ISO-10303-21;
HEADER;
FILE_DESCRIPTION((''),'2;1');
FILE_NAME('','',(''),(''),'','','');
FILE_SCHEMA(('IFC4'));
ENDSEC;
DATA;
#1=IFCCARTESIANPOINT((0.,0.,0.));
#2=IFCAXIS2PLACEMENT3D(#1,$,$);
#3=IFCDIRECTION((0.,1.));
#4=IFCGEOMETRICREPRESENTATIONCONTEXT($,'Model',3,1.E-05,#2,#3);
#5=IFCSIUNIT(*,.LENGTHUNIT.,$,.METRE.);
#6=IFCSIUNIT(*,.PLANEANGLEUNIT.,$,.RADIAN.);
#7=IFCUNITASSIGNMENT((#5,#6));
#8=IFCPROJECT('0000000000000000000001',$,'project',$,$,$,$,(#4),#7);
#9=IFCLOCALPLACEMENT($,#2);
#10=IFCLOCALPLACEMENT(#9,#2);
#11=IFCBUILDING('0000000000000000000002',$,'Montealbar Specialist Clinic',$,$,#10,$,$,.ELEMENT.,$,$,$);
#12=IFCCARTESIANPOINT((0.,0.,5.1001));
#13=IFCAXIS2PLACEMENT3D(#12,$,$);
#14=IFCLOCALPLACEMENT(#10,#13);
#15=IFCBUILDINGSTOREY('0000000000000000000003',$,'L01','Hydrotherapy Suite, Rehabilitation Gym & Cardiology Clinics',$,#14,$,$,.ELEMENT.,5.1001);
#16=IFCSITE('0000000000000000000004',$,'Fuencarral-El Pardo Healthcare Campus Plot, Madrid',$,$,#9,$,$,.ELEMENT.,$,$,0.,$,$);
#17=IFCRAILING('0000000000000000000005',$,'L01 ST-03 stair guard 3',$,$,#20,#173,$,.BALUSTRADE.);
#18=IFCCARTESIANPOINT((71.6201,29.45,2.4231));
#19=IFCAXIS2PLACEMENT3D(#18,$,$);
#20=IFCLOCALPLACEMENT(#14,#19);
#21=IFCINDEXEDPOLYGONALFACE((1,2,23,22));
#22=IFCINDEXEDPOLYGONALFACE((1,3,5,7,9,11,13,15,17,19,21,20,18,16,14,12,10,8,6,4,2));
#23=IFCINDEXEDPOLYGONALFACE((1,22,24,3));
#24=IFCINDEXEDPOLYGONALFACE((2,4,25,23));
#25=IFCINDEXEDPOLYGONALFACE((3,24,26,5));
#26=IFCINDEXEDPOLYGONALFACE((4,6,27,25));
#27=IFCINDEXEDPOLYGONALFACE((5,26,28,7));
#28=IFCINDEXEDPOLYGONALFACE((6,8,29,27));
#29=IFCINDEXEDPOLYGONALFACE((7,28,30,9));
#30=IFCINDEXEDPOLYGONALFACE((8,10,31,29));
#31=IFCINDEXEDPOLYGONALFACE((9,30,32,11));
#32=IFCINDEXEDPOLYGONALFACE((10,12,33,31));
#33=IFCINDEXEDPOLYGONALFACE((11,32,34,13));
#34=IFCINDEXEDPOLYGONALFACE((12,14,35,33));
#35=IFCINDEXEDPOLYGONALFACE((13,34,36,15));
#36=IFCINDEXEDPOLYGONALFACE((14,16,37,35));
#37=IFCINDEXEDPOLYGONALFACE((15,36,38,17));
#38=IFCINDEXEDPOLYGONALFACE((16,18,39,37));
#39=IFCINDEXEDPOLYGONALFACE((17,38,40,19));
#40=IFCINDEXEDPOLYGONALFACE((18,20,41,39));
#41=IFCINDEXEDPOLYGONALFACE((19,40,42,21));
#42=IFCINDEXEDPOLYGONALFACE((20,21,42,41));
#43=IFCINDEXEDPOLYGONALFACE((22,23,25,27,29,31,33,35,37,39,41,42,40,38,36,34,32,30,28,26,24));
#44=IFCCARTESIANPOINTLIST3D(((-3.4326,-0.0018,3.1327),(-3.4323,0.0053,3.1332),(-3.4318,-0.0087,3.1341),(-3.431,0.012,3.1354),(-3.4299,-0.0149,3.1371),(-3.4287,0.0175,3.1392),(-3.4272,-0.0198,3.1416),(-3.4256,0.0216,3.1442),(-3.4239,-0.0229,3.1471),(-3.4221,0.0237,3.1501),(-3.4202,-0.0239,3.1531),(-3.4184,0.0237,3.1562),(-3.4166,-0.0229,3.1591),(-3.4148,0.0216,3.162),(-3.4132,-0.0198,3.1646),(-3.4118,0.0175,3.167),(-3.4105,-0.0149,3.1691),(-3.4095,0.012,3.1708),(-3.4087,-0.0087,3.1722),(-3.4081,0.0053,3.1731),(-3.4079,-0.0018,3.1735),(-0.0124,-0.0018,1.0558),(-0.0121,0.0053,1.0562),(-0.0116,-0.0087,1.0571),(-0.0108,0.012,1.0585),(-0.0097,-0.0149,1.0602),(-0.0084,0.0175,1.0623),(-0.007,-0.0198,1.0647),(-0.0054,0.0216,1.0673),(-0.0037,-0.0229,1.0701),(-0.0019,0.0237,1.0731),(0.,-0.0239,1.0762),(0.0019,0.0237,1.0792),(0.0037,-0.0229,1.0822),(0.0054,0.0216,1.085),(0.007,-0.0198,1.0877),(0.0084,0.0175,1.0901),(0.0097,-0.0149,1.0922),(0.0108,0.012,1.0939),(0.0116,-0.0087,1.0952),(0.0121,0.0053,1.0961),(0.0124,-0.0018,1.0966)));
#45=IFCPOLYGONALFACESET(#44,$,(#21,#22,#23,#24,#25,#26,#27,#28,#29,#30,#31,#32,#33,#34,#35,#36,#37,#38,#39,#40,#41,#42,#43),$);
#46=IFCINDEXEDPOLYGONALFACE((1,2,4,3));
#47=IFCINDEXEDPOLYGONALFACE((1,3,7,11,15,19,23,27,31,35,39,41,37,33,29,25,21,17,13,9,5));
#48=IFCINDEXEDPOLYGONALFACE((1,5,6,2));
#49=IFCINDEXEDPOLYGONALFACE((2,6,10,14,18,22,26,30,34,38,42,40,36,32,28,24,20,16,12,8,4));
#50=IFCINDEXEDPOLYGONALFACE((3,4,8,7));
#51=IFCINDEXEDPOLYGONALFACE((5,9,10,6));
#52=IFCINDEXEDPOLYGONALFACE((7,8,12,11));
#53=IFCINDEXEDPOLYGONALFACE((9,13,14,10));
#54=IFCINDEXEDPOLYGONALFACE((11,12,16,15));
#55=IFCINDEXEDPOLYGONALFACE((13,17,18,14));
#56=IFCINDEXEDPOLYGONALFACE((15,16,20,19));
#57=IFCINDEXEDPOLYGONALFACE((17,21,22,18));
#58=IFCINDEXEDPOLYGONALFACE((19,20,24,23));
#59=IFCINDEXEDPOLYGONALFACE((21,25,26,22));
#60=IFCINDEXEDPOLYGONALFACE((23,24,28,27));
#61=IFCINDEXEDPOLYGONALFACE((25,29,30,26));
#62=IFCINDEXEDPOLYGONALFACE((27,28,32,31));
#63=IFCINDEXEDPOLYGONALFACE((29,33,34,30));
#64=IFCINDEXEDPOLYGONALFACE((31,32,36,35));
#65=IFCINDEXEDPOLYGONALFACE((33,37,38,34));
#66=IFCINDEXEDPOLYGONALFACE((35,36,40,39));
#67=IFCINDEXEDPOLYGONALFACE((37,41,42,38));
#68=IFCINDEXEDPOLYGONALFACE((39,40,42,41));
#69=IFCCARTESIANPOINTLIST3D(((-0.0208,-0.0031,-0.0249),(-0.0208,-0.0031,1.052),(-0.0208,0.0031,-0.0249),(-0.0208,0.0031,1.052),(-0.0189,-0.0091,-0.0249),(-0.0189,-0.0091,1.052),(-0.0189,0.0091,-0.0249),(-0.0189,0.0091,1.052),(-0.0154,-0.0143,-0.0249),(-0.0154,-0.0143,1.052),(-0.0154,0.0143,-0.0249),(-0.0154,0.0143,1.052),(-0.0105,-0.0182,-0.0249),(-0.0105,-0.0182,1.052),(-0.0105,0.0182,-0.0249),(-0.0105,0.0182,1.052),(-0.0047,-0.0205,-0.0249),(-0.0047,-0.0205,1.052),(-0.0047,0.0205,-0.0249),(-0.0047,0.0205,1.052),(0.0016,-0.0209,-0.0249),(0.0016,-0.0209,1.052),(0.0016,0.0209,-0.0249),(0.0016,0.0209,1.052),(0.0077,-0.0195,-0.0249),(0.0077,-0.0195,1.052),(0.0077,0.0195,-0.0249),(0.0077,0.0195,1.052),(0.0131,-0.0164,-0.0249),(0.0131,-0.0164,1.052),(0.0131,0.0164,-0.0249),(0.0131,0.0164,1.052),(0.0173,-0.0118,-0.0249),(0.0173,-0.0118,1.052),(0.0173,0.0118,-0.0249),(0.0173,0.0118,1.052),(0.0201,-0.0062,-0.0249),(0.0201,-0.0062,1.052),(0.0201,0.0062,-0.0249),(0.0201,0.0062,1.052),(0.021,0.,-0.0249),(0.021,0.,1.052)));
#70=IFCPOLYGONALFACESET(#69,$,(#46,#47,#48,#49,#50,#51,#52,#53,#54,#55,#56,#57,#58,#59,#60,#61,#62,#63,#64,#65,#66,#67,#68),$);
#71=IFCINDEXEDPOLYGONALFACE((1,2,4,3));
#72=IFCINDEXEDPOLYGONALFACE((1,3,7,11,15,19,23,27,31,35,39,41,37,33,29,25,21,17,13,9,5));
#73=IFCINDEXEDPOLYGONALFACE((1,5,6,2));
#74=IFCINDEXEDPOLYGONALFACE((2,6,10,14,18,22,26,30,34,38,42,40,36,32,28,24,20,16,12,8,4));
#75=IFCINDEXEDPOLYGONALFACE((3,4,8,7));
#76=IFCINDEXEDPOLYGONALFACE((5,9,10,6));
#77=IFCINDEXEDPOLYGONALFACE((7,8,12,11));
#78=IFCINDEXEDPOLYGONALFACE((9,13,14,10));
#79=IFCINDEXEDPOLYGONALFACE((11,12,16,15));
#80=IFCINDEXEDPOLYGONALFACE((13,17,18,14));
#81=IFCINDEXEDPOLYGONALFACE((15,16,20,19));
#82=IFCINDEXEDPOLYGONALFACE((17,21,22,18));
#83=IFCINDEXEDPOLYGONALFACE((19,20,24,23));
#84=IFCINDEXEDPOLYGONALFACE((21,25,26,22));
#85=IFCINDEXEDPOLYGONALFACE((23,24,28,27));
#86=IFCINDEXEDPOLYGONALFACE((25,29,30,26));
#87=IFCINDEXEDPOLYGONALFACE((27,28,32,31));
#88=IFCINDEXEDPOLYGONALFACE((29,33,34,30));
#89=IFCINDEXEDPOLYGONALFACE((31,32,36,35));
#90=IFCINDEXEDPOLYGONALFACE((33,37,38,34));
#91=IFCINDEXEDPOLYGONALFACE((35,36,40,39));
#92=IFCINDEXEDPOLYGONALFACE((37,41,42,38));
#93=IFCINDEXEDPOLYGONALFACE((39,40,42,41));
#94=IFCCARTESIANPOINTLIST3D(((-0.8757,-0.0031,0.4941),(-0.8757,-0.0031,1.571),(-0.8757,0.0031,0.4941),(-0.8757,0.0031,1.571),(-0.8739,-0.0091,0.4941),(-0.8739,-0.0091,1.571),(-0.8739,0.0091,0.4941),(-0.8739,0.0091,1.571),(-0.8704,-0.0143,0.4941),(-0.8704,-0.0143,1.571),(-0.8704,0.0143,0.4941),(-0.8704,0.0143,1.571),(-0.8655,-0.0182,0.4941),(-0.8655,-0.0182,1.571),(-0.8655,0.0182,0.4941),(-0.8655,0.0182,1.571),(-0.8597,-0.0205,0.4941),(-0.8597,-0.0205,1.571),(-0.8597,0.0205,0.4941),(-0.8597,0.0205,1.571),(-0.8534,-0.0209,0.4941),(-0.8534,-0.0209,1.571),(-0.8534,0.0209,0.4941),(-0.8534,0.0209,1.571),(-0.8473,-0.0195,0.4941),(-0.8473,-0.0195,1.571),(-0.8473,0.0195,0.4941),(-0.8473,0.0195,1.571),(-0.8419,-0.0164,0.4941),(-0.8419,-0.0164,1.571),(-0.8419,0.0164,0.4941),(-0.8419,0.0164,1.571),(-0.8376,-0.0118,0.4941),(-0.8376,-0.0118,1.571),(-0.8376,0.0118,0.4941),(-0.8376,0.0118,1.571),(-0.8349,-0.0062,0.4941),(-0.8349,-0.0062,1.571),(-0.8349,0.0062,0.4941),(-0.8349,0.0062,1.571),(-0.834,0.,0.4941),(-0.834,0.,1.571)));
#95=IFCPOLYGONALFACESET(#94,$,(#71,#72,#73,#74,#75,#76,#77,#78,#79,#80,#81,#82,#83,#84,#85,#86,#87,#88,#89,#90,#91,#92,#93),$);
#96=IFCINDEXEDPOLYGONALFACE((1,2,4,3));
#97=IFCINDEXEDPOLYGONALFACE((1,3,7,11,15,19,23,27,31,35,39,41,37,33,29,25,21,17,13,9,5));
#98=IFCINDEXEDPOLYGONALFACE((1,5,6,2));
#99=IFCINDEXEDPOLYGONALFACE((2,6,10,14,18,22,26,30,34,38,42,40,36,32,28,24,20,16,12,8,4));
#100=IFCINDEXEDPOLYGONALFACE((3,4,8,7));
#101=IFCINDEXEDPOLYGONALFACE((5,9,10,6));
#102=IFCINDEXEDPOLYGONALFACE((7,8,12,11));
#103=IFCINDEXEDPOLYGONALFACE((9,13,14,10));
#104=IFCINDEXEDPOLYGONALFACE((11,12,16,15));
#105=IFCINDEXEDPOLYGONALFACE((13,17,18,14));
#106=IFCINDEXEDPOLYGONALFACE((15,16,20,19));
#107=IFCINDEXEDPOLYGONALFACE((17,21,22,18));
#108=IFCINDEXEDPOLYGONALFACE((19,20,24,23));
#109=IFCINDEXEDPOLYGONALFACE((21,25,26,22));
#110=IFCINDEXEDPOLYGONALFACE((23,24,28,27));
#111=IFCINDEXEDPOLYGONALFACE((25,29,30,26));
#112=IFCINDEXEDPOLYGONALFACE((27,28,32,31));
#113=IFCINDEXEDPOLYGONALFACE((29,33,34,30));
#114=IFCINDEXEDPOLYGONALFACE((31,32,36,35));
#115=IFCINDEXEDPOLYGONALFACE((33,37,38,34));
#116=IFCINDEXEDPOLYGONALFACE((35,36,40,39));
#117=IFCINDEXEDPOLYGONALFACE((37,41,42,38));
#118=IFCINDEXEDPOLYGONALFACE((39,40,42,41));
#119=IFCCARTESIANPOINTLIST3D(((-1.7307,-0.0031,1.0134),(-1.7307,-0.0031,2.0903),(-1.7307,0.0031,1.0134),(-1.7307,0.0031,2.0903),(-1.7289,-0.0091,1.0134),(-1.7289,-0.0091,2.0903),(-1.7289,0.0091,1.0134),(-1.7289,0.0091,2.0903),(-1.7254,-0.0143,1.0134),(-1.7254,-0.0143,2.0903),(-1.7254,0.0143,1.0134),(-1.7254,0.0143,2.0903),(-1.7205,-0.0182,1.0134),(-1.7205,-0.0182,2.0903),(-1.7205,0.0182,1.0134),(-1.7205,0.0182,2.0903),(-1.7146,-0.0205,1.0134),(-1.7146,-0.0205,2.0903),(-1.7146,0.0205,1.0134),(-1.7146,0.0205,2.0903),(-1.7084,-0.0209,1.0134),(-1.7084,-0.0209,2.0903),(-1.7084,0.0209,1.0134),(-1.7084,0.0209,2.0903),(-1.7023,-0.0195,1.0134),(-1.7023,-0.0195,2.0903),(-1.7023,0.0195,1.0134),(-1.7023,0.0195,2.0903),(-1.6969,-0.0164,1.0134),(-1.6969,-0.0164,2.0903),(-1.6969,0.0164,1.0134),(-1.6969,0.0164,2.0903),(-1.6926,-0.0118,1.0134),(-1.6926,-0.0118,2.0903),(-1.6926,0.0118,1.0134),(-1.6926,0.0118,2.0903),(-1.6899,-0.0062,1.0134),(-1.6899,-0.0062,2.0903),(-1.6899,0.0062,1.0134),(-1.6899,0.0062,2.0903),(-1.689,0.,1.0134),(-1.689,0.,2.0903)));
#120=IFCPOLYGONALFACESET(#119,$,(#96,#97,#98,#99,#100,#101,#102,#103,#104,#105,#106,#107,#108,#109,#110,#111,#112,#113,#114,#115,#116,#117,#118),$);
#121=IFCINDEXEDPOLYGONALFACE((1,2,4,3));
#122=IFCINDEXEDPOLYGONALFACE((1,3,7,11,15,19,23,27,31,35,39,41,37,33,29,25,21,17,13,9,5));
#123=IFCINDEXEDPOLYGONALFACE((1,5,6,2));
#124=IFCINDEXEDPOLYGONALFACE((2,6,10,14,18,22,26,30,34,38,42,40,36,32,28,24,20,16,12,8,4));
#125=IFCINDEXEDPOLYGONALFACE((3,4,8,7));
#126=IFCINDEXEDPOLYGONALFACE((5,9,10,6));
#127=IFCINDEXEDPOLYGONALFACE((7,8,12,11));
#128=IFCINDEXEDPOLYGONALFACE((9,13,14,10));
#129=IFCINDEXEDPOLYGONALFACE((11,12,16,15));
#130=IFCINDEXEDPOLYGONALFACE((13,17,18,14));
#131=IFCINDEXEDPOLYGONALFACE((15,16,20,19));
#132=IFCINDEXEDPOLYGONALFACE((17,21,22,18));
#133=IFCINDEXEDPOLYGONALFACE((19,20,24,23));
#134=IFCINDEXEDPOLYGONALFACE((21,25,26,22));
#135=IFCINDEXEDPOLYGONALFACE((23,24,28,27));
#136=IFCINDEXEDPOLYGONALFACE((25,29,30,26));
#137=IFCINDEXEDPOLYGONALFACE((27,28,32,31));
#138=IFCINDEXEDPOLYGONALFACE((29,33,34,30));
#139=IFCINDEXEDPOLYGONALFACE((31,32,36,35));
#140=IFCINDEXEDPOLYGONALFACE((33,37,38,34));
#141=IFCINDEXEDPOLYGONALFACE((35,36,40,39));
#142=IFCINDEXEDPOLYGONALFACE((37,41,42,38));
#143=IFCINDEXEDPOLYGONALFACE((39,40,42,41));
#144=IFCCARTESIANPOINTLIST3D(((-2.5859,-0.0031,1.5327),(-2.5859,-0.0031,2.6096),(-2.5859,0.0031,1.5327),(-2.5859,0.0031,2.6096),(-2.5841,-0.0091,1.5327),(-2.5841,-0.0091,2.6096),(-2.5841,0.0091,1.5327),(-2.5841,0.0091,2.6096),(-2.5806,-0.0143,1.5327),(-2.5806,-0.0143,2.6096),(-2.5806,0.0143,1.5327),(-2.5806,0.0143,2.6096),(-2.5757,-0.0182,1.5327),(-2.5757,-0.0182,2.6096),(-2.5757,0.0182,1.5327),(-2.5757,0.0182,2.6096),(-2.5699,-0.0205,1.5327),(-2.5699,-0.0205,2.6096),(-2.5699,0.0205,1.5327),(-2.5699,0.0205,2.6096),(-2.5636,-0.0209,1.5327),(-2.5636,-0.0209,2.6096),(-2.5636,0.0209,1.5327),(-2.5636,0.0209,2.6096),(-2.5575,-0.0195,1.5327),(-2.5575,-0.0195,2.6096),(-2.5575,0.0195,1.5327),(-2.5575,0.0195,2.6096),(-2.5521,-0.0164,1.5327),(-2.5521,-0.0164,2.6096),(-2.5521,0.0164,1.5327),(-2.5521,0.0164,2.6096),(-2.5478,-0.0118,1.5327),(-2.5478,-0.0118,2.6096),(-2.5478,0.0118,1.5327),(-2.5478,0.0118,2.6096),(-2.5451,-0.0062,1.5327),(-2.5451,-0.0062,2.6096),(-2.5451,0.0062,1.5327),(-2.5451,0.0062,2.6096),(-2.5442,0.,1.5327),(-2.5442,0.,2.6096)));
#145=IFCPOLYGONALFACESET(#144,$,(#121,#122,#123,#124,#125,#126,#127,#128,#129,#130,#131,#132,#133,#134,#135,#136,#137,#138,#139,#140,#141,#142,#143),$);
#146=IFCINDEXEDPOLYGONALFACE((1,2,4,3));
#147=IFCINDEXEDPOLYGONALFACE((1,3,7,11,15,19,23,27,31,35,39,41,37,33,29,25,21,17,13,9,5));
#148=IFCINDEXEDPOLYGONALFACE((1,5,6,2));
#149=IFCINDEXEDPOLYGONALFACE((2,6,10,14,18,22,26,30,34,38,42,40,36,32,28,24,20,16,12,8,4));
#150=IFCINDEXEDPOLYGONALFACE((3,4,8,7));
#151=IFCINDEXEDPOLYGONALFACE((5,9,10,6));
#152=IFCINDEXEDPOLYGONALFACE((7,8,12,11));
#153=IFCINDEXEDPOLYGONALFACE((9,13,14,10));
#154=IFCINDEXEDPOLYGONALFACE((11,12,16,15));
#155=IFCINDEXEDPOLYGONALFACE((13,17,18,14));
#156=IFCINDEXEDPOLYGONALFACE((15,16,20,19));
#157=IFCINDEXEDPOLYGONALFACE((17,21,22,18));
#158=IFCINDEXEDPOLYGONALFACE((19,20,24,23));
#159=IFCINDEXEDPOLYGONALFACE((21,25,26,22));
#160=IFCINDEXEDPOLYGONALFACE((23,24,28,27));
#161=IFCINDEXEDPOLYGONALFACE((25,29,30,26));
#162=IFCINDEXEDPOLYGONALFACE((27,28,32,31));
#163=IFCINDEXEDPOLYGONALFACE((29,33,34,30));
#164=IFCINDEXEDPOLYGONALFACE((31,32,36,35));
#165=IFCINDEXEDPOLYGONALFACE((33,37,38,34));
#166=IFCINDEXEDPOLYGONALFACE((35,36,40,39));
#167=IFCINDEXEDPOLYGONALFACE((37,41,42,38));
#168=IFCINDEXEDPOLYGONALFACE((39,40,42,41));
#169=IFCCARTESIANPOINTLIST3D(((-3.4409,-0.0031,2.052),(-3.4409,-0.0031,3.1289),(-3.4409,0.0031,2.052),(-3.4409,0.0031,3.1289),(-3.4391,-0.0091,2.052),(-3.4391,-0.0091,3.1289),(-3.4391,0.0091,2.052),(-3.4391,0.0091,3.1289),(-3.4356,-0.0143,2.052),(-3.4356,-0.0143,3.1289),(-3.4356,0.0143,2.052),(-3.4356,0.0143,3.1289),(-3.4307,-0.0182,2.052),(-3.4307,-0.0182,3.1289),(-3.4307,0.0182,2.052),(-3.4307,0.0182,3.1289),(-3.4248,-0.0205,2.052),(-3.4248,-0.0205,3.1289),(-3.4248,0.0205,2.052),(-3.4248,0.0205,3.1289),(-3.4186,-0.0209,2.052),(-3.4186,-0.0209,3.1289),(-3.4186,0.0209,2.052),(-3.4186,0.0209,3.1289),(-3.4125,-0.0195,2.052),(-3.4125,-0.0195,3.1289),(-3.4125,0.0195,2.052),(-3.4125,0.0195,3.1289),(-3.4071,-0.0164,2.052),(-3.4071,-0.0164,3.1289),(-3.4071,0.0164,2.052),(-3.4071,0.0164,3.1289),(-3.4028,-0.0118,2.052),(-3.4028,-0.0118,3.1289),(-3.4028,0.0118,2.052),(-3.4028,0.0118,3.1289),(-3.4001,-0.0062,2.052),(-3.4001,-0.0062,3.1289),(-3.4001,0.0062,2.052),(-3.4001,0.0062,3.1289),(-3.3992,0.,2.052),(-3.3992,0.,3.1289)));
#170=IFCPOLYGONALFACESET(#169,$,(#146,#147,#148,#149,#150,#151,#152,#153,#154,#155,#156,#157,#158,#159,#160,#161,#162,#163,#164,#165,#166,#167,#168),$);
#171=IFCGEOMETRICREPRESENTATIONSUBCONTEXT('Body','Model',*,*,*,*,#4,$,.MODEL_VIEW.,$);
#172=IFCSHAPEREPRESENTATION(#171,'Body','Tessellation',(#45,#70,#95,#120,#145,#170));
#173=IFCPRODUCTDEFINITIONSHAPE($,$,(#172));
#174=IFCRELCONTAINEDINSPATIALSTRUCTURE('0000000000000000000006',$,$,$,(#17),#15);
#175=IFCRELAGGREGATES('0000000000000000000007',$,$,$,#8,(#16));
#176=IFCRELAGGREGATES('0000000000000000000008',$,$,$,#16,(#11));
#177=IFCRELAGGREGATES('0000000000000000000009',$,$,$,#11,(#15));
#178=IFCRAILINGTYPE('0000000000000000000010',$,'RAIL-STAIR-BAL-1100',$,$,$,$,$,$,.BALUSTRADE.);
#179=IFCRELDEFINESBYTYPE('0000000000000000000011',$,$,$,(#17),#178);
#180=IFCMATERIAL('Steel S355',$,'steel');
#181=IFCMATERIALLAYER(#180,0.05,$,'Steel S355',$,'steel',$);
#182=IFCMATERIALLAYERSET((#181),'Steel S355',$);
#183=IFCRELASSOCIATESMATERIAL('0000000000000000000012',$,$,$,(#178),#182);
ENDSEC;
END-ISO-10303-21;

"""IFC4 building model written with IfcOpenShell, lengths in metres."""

from ifc_helpers import new_model, si_unit, direction, frame, origin, origin_2d, place, context, subcontext, project, spatial, circle, extrude, material, layer, layer_set, type_object, element, save


model = new_model("IFC4")

# Units and contexts
model_context = context("Model", 3, precision=1e-05, world=origin(), true_north=direction((0.0, 1.0)))
body_context = subcontext(model_context, "Body", "Model", "MODEL_VIEW")
ifc_project = project(units=[si_unit("LENGTHUNIT", "METRE"), si_unit("PLANEANGLEUNIT", "RADIAN")], contexts=[model_context])

# Site, building, storey
site_placement = place(None, origin())
site = spatial("IfcSite", under=ifc_project, at=site_placement, Name="Fuencarral-El Pardo Healthcare Campus Plot, Madrid", CompositionType="ELEMENT", RefElevation=0.0)
building_placement = place(site_placement, origin())
building = spatial("IfcBuilding", under=site, at=building_placement, Name="Montealbar Specialist Clinic", CompositionType="ELEMENT")
storey_placement = place(building_placement, frame((0.0, 0.0, 5.1001)))
storey = spatial("IfcBuildingStorey", under=building, at=storey_placement, Name="L01", Description="Hydrotherapy Suite, Rehabilitation Gym & Cardiology Clinics", CompositionType="ELEMENT", Elevation=5.1001)

# Shared definitions
ifc_material_1 = material(Name="Steel S355", Category="steel")

# Railing
ifc_layer_1 = layer(ifc_material_1, 0.05, Name="Steel S355", Category="steel")
ifc_layer_set_1 = layer_set([ifc_layer_1], Name="Steel S355")
railing_type_1 = type_object("IfcRailingType", Name="RAIL-STAIR-BAL-1100", PredefinedType="BALUSTRADE", material=ifc_layer_set_1)
railing_1_placement = place(storey_placement, frame((71.6201, 29.45, 2.4231)))
element("IfcRailing", 1, at=railing_1_placement, inside=storey, type_object=railing_type_1, Name="L01 ST-03 stair guard 3", PredefinedType="BALUSTRADE", context=body_context, shape_type="SweptSolid", body=[
    extrude(circle(Radius=0.0239, at=origin_2d()), frame((0.0, 0.0, 1.0762), z_axis=(-0.854746, 0.0, 0.519047), x_axis=(0.0, -1.0, 0.0)), (0.0, 0.0, 1.0), 4.0015),
    extrude(circle(Radius=0.021, at=origin_2d()), frame((0.0, 0.0, -0.0249)), (0.0, 0.0, 1.0), 1.0769),
    extrude(circle(Radius=0.021, at=origin_2d()), frame((-0.855, 0.0, 0.4941)), (0.0, 0.0, 1.0), 1.0769),
    extrude(circle(Radius=0.021, at=origin_2d()), frame((-1.71, 0.0, 1.0134)), (0.0, 0.0, 1.0), 1.0769),
    extrude(circle(Radius=0.021, at=origin_2d()), frame((-2.5652, 0.0, 1.5327)), (0.0, 0.0, 1.0), 1.0769),
    extrude(circle(Radius=0.021, at=origin_2d()), frame((-3.4202, 0.0, 2.052)), (0.0, 0.0, 1.0), 1.0769),
])

save(model, "model.ifc")
